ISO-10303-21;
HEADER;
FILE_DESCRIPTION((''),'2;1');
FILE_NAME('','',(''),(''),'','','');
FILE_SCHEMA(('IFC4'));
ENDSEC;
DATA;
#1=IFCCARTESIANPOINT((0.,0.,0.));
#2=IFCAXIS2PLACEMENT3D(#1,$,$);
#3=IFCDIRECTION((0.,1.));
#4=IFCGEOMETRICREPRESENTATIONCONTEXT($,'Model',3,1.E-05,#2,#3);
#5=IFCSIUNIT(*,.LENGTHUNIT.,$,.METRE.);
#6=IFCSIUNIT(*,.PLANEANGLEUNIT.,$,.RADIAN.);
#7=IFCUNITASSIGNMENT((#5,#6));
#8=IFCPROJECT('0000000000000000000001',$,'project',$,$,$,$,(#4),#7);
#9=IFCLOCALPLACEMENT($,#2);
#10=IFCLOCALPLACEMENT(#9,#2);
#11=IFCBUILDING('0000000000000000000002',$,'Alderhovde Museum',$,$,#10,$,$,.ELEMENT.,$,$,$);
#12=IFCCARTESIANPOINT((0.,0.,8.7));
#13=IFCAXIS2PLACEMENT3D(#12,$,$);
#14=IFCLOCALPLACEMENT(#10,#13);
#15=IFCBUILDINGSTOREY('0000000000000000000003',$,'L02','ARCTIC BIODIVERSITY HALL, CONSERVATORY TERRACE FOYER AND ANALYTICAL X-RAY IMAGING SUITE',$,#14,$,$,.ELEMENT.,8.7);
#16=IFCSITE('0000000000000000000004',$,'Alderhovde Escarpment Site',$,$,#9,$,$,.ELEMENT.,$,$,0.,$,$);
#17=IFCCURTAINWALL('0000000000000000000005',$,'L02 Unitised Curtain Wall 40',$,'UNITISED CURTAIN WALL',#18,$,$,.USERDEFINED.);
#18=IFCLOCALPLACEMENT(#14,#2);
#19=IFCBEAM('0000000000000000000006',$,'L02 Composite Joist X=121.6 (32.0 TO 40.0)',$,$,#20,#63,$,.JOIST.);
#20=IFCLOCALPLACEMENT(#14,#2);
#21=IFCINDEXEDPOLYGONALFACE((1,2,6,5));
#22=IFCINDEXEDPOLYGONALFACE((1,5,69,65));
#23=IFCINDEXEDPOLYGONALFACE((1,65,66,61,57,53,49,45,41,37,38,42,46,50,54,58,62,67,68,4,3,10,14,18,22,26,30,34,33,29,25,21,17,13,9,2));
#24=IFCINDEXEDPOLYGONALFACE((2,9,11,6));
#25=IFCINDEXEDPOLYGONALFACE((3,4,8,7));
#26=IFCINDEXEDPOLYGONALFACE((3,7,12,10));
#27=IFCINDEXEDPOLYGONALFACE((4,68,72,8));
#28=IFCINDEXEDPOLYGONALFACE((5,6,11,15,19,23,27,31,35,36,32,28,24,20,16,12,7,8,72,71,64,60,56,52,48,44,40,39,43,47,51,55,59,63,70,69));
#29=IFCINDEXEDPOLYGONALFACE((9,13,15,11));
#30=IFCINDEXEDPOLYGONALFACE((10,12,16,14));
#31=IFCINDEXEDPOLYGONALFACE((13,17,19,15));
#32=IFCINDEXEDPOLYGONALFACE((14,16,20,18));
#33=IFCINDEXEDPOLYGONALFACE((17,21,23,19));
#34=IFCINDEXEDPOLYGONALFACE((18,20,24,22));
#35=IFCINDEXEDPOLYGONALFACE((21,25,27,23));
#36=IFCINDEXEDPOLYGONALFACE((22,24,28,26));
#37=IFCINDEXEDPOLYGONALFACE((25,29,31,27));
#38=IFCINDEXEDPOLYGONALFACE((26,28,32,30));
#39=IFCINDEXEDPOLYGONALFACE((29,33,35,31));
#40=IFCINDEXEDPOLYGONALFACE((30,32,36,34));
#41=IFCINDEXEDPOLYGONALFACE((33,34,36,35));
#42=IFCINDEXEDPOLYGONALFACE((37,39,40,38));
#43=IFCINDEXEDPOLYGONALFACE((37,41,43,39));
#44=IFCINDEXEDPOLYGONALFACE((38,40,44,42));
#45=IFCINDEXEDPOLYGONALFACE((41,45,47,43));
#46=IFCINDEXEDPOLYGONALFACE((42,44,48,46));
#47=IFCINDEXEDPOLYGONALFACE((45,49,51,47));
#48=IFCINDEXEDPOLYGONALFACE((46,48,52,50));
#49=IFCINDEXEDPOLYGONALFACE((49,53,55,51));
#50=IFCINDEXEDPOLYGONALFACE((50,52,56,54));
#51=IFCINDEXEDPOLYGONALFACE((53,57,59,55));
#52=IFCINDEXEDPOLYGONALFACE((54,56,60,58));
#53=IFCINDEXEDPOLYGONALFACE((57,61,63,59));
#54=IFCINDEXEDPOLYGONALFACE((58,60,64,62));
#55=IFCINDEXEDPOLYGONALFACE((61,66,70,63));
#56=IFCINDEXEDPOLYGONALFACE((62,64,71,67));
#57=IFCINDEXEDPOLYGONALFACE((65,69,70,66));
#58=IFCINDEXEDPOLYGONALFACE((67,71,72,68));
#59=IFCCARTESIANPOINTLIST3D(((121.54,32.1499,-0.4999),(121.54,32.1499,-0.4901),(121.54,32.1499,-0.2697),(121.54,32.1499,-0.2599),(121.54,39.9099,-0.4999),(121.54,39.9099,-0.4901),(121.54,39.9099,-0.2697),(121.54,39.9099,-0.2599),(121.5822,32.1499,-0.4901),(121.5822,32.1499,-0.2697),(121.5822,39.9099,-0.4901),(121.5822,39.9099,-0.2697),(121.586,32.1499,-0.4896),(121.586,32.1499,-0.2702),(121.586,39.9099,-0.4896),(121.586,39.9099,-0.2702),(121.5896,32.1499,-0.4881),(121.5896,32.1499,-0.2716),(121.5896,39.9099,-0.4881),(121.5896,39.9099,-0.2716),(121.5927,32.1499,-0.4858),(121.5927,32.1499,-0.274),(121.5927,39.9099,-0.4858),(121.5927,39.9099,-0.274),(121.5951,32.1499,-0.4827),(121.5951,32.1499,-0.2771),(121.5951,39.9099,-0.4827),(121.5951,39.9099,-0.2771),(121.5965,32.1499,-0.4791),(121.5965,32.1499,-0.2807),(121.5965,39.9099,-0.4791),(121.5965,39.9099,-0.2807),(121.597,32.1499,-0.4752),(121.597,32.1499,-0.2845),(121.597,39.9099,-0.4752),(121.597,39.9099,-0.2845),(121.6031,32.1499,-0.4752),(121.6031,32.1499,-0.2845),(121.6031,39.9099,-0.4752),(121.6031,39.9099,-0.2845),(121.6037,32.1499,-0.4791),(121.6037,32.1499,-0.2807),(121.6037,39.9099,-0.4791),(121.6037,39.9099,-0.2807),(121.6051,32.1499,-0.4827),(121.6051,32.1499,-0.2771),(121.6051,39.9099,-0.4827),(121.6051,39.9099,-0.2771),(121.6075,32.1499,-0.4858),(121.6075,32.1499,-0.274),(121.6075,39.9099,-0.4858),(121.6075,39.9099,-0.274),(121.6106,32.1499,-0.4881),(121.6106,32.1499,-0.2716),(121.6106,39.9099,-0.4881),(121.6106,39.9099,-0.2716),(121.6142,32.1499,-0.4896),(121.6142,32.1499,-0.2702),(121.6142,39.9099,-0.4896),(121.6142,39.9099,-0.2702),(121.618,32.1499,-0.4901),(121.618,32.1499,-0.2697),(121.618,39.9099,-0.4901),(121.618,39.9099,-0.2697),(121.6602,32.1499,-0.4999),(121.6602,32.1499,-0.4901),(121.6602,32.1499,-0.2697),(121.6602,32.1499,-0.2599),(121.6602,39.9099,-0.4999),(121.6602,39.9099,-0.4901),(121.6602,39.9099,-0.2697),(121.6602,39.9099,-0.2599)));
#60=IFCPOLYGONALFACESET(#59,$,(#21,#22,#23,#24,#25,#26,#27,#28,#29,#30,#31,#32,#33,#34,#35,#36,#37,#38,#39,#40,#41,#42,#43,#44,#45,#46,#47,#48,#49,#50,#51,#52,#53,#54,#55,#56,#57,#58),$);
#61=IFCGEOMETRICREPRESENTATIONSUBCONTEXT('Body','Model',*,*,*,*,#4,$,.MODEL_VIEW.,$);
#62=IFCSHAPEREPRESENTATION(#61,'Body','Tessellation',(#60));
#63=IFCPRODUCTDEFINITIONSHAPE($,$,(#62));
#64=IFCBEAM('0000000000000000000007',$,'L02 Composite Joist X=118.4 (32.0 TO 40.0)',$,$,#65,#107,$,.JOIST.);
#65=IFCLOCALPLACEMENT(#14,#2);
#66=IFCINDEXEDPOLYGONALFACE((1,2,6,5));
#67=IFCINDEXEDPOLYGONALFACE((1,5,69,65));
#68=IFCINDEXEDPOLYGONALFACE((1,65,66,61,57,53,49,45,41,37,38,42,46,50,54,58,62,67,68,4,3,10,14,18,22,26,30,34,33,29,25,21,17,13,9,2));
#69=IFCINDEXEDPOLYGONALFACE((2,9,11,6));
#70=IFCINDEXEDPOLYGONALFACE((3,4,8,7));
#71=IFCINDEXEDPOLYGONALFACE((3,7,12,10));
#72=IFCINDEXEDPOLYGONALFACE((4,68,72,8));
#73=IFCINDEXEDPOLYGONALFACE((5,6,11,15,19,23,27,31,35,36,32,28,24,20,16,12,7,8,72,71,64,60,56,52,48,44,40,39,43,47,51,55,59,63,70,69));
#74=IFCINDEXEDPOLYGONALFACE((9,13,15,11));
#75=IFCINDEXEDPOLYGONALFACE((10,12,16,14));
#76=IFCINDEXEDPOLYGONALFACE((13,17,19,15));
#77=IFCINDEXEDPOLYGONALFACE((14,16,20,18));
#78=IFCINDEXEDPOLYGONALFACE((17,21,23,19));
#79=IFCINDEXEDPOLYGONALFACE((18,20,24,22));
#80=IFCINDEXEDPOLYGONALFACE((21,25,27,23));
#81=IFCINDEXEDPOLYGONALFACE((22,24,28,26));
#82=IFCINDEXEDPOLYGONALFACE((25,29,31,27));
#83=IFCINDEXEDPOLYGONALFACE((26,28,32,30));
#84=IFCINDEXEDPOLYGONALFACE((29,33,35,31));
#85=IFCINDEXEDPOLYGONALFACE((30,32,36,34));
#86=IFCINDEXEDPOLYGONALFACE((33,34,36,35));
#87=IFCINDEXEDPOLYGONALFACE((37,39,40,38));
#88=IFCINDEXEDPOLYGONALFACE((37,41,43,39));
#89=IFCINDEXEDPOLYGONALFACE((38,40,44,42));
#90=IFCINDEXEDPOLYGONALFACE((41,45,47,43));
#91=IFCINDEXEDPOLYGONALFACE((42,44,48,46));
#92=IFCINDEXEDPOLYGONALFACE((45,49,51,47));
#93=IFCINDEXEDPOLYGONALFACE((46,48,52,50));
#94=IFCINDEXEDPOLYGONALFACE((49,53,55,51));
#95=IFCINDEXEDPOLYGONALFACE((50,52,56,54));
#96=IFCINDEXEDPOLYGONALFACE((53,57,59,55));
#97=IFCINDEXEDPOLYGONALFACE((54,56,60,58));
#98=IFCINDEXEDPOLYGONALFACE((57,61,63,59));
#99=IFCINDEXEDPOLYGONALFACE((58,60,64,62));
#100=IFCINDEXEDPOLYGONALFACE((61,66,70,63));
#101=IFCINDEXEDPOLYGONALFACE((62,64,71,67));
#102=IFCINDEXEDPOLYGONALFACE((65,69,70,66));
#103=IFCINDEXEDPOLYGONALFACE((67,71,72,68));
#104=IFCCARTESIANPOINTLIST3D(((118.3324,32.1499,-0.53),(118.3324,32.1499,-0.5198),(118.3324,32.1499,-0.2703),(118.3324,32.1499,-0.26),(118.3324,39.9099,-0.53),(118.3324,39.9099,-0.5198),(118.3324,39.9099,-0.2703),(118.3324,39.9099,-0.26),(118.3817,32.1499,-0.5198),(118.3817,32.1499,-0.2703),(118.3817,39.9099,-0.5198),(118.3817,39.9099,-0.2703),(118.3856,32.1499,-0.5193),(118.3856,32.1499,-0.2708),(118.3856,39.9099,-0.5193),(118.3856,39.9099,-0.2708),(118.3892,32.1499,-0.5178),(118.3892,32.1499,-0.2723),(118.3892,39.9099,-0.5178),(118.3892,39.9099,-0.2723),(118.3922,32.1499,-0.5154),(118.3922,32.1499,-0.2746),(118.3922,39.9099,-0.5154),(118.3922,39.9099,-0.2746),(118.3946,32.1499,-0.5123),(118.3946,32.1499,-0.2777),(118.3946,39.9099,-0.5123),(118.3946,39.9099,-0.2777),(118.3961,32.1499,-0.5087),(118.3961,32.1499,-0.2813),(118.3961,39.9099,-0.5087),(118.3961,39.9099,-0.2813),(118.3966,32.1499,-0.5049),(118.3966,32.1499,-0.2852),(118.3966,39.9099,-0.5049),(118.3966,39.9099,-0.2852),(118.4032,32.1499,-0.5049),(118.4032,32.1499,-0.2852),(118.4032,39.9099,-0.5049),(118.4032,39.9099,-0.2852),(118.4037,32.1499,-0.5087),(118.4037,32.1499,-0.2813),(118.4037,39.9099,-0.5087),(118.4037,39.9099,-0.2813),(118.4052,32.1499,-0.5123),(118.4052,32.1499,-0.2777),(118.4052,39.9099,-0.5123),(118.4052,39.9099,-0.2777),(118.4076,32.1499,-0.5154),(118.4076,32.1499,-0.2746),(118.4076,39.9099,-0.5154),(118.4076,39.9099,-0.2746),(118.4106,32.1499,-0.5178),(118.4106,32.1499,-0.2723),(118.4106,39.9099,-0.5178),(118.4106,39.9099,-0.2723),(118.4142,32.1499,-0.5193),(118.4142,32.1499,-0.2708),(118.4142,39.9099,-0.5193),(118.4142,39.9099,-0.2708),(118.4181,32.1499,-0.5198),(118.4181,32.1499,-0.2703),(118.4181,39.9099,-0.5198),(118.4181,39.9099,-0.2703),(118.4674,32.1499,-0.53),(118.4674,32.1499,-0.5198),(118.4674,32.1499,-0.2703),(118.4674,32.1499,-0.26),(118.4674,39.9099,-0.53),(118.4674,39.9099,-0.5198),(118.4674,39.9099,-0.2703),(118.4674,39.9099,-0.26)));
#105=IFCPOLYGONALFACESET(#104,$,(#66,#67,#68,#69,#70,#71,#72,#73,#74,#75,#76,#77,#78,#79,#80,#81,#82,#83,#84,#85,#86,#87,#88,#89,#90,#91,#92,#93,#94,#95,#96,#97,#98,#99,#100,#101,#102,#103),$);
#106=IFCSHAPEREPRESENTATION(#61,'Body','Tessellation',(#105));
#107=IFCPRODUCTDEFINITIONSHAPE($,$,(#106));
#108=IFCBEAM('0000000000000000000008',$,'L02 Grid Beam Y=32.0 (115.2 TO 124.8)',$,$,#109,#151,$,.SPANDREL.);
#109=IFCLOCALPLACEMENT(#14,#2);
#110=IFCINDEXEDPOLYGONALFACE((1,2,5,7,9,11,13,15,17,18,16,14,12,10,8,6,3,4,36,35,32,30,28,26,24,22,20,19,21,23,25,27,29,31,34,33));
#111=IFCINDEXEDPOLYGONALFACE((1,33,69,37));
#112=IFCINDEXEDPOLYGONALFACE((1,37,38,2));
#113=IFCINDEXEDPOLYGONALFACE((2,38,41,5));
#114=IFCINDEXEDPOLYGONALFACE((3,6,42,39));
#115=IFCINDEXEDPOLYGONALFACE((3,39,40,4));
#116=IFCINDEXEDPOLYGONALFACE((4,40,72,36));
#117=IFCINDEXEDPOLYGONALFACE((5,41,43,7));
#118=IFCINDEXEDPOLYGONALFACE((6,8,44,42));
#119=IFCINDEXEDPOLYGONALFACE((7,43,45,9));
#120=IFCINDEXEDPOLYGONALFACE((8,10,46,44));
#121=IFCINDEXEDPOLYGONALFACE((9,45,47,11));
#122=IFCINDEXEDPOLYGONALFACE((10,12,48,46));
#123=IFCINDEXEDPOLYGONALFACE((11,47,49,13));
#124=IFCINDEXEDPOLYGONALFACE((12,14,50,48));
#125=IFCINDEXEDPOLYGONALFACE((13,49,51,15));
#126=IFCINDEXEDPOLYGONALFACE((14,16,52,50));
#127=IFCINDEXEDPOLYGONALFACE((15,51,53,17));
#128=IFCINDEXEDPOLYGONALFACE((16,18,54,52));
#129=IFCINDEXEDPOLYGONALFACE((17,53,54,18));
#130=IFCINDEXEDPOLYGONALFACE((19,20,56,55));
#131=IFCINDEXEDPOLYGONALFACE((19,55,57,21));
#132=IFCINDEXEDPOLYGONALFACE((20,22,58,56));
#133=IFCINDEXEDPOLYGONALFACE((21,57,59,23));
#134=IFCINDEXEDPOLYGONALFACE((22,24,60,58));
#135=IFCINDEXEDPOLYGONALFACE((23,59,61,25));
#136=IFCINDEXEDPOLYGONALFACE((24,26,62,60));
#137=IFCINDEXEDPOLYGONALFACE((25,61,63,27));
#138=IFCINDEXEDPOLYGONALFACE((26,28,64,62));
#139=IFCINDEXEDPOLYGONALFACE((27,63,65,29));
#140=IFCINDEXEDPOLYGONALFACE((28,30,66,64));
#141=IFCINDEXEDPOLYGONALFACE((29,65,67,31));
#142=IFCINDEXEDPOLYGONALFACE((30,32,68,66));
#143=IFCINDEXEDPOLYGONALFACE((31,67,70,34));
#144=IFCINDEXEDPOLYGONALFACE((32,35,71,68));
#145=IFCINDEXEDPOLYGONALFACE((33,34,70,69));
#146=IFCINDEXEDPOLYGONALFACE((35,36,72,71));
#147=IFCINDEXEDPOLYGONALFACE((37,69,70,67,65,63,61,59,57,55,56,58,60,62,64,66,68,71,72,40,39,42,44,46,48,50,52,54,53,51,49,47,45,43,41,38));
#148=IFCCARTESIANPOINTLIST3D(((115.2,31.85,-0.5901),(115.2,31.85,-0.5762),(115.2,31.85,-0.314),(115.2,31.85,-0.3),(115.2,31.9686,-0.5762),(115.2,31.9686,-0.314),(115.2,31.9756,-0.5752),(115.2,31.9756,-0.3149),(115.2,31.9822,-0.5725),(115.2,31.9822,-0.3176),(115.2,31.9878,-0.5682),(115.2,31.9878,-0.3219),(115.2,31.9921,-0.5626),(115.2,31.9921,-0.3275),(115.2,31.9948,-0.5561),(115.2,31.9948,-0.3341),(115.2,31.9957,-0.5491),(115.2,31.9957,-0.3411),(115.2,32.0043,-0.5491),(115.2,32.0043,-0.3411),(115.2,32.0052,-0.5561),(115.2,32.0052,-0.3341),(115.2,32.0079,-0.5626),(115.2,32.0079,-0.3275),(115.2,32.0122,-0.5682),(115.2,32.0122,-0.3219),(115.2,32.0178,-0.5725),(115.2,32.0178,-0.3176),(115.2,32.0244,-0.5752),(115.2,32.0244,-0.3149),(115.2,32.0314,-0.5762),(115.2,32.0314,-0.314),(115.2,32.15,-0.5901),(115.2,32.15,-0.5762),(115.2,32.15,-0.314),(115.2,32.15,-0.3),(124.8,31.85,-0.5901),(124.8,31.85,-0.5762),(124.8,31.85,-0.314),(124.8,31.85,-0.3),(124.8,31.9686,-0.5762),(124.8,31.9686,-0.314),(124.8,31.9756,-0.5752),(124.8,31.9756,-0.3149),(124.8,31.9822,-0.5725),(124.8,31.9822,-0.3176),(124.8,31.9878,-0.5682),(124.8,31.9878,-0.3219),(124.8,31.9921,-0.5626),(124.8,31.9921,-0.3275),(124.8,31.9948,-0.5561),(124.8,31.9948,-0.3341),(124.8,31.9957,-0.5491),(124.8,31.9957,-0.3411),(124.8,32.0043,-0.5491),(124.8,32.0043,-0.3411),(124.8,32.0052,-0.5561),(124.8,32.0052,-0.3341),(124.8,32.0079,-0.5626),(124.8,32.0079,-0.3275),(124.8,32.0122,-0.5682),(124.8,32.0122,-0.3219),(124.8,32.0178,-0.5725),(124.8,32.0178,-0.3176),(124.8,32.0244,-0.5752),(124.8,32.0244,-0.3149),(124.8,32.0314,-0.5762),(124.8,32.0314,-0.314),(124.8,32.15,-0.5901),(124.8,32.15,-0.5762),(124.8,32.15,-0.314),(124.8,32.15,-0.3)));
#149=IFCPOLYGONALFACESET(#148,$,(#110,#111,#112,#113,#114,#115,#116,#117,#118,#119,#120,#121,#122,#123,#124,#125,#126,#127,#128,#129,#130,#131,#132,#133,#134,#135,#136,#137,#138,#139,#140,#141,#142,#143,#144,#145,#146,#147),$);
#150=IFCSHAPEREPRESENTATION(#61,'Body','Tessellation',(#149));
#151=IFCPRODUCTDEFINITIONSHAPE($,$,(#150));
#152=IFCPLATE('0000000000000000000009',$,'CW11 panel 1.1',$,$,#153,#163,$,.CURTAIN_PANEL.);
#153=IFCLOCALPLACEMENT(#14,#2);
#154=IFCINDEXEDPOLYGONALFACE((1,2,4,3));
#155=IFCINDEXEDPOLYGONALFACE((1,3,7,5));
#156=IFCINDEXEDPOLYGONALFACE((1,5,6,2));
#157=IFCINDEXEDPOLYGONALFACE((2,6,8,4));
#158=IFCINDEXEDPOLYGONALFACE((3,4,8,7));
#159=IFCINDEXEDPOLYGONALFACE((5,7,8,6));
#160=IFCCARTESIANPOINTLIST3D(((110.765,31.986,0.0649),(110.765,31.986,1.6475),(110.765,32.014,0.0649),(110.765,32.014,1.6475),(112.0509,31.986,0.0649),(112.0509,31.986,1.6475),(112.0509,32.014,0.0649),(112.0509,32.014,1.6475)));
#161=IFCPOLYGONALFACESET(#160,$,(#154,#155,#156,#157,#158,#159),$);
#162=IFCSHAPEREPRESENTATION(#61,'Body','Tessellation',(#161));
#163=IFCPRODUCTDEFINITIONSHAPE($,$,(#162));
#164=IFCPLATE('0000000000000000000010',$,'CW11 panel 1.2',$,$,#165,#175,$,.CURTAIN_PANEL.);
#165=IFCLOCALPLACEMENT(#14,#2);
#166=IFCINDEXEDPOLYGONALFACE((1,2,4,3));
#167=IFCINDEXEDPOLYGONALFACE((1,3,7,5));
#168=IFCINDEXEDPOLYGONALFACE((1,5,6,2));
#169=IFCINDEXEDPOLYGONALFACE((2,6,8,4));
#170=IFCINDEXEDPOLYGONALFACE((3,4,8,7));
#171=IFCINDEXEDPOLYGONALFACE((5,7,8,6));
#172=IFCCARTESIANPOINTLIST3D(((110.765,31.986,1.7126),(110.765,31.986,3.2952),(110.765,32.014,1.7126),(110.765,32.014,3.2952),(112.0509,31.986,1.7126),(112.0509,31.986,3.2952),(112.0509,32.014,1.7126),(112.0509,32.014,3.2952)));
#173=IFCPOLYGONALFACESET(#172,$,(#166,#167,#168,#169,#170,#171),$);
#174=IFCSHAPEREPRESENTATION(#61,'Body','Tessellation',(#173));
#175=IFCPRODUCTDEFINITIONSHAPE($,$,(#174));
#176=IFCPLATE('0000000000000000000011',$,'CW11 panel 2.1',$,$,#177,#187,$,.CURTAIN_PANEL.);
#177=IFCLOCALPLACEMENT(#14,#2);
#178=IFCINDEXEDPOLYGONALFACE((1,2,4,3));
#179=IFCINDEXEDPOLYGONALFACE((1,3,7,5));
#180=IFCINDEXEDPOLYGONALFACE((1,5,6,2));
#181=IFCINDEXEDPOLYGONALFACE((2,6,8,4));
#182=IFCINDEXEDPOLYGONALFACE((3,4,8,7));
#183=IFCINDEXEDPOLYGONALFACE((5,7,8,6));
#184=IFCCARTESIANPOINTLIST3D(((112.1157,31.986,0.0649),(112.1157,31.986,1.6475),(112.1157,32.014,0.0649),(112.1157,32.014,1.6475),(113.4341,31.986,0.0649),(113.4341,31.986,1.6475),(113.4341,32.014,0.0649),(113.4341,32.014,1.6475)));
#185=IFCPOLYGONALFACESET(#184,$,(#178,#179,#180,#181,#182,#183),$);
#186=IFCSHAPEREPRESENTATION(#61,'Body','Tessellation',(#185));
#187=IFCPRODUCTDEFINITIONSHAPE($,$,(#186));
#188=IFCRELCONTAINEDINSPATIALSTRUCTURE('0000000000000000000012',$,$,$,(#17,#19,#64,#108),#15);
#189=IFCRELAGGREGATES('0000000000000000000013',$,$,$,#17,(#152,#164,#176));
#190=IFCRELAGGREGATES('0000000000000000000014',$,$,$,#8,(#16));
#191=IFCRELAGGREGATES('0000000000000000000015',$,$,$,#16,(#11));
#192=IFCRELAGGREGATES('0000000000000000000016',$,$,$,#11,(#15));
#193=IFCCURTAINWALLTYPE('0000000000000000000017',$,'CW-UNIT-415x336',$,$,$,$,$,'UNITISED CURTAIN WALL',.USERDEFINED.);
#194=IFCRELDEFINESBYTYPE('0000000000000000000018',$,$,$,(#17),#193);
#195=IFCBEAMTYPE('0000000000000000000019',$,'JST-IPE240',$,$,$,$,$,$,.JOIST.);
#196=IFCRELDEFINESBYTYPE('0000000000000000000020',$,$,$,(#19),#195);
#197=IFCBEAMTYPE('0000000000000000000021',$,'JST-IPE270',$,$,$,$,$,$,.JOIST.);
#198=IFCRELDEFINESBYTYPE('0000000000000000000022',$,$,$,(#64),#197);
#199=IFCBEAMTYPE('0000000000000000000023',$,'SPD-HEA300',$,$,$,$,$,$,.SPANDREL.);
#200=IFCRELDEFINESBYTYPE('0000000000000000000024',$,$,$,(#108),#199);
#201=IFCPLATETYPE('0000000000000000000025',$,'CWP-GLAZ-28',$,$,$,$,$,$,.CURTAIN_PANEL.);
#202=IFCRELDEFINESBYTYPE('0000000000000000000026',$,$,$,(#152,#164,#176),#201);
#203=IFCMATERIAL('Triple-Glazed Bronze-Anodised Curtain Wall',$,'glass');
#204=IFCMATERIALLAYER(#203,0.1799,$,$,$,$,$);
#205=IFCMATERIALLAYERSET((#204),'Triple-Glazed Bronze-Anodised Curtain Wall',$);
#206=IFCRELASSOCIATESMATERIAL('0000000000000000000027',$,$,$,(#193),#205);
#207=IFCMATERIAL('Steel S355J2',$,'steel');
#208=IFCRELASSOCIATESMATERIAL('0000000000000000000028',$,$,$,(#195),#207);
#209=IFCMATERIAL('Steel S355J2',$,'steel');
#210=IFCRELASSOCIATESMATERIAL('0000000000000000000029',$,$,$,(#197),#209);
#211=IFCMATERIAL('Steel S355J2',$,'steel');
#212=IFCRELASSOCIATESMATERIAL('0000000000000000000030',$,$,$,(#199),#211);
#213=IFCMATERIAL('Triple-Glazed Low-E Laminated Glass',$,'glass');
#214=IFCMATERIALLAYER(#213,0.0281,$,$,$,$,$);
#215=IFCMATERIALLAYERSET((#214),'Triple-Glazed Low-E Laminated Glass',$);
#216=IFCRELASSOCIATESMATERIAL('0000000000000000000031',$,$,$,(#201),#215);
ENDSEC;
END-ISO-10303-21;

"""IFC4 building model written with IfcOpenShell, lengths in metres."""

from ifc_helpers import new_model, si_unit, direction, frame, origin, origin_2d, place, context, subcontext, project, spatial, rectangle, i_section, extrude, material, layer, layer_set, material_profile, profile_set, type_object, element, aggregate, save


model = new_model("IFC4")

# Units and contexts
model_context = context("Model", 3, precision=1e-05, world=origin(), true_north=direction((0.0, 1.0)))
body_context = subcontext(model_context, "Body", "Model", "MODEL_VIEW")
ifc_project = project(units=[si_unit("LENGTHUNIT", "METRE"), si_unit("PLANEANGLEUNIT", "RADIAN")], contexts=[model_context])

# Site, building, storey
site_placement = place(None, origin())
site = spatial("IfcSite", under=ifc_project, at=site_placement, Name="Alderhovde Escarpment Site", CompositionType="ELEMENT", RefElevation=0.0)
building_placement = place(site_placement, origin())
building = spatial("IfcBuilding", under=site, at=building_placement, Name="Alderhovde Museum", CompositionType="ELEMENT")
storey_placement = place(building_placement, frame((0.0, 0.0, 8.7)))
storey = spatial("IfcBuildingStorey", under=building, at=storey_placement, Name="L02", Description="ARCTIC BIODIVERSITY HALL, CONSERVATORY TERRACE FOYER AND ANALYTICAL X-RAY IMAGING SUITE", CompositionType="ELEMENT", Elevation=8.7)

# Curtain wall
ifc_material_1 = material(Name="Triple-Glazed Bronze-Anodised Curtain Wall", Category="glass")
ifc_layer_1 = layer(ifc_material_1, 0.1799)
ifc_layer_set_1 = layer_set([ifc_layer_1], Name="Triple-Glazed Bronze-Anodised Curtain Wall")
curtain_wall_type_1 = type_object("IfcCurtainWallType", Name="CW-UNIT-415x336", ElementType="UNITISED CURTAIN WALL", PredefinedType="USERDEFINED", material=ifc_layer_set_1)
curtain_wall_1_placement = place(storey_placement, origin())
curtain_wall_1 = element("IfcCurtainWall", 1, at=curtain_wall_1_placement, inside=storey, type_object=curtain_wall_type_1, Name="L02 Unitised Curtain Wall 40", ObjectType="UNITISED CURTAIN WALL", PredefinedType="USERDEFINED")

# Beams
ifc_material_2 = material(Name="Steel S355J2", Category="steel")
ifc_material_profile_1 = material_profile(ifc_material_2, i_section(OverallWidth=0.1201, OverallDepth=0.24, WebThickness=0.0061, FlangeThickness=0.0098, FilletRadius=0.0149, at=origin_2d()), Name="IPE 240")
ifc_profile_set_1 = profile_set([ifc_material_profile_1], Name="Steel S355J2")
beam_type_1 = type_object("IfcBeamType", Name="JST-IPE240", PredefinedType="JOIST", material=ifc_profile_set_1)
beam_1_placement = place(storey_placement, frame((121.6001, 32.1499, -0.3799), z_axis=(0.0, 1.0, 0.0), x_axis=(-1.0, 0.0, 0.0)))
element("IfcBeam", 2, at=beam_1_placement, inside=storey, type_object=beam_type_1, Name="L02 Composite Joist X=121.6 (32.0 TO 40.0)", PredefinedType="JOIST", context=body_context, shape_type="SweptSolid", body=[
    extrude(i_section(OverallWidth=0.1201, OverallDepth=0.24, WebThickness=0.0061, FlangeThickness=0.0098, FilletRadius=0.0149, at=origin_2d()), origin(), (0.0, 0.0, 1.0), 7.76),
])
ifc_material_3 = material(Name="Steel S355J2", Category="steel")
ifc_material_profile_2 = material_profile(ifc_material_3, i_section(OverallWidth=0.135, OverallDepth=0.27, WebThickness=0.0066, FlangeThickness=0.0103, FilletRadius=0.0149, at=origin_2d()), Name="IPE 270")
ifc_profile_set_2 = profile_set([ifc_material_profile_2], Name="Steel S355J2")
beam_type_2 = type_object("IfcBeamType", Name="JST-IPE270", PredefinedType="JOIST", material=ifc_profile_set_2)
beam_2_placement = place(storey_placement, frame((118.3999, 32.1499, -0.395), z_axis=(0.0, 1.0, 0.0), x_axis=(-1.0, 0.0, 0.0)))
element("IfcBeam", 3, at=beam_2_placement, inside=storey, type_object=beam_type_2, Name="L02 Composite Joist X=118.4 (32.0 TO 40.0)", PredefinedType="JOIST", context=body_context, shape_type="SweptSolid", body=[
    extrude(i_section(OverallWidth=0.135, OverallDepth=0.27, WebThickness=0.0066, FlangeThickness=0.0103, FilletRadius=0.0149, at=origin_2d()), origin(), (0.0, 0.0, 1.0), 7.76),
])
ifc_material_4 = material(Name="Steel S355J2", Category="steel")
ifc_material_profile_3 = material_profile(ifc_material_4, i_section(OverallWidth=0.3, OverallDepth=0.29, WebThickness=0.0085, FlangeThickness=0.0139, FilletRadius=0.0271, at=origin_2d()), Name="HEA 300")
ifc_profile_set_3 = profile_set([ifc_material_profile_3], Name="Steel S355J2")
beam_type_3 = type_object("IfcBeamType", Name="SPD-HEA300", PredefinedType="SPANDREL", material=ifc_profile_set_3)
beam_3_placement = place(storey_placement, frame((115.2, 32.0, -0.4451), z_axis=(1.0, 0.0, 0.0), x_axis=(0.0, 1.0, 0.0)))
element("IfcBeam", 4, at=beam_3_placement, inside=storey, type_object=beam_type_3, Name="L02 Grid Beam Y=32.0 (115.2 TO 124.8)", PredefinedType="SPANDREL", context=body_context, shape_type="SweptSolid", body=[
    extrude(i_section(OverallWidth=0.3, OverallDepth=0.29, WebThickness=0.0085, FlangeThickness=0.0139, FilletRadius=0.0271, at=origin_2d()), origin(), (0.0, 0.0, 1.0), 9.6001),
])

# Plates
ifc_material_5 = material(Name="Triple-Glazed Low-E Laminated Glass", Category="glass")
ifc_layer_2 = layer(ifc_material_5, 0.0281)
ifc_layer_set_2 = layer_set([ifc_layer_2], Name="Triple-Glazed Low-E Laminated Glass")
plate_type_1 = type_object("IfcPlateType", Name="CWP-GLAZ-28", PredefinedType="CURTAIN_PANEL", material=ifc_layer_set_2)
plate_1_placement = place(storey_placement, frame((111.408, 32.0, 0.0649), z_axis=(0.0, 0.0, 1.0), x_axis=(1.0, 0.0, 0.0)))
plate_1 = element("IfcPlate", 5, at=plate_1_placement, type_object=plate_type_1, Name="CW11 panel 1.1", PredefinedType="CURTAIN_PANEL", context=body_context, shape_type="SweptSolid", body=[
    extrude(rectangle(XDim=1.2859, YDim=0.0281, at=origin_2d()), origin(), (0.0, 0.0, 1.0), 1.5825),
])
plate_2_placement = place(storey_placement, frame((111.408, 32.0, 1.7126), z_axis=(0.0, 0.0, 1.0), x_axis=(1.0, 0.0, 0.0)))
plate_2 = element("IfcPlate", 6, at=plate_2_placement, type_object=plate_type_1, Name="CW11 panel 1.2", PredefinedType="CURTAIN_PANEL", context=body_context, shape_type="SweptSolid", body=[
    extrude(rectangle(XDim=1.2859, YDim=0.0281, at=origin_2d()), origin(), (0.0, 0.0, 1.0), 1.5825),
])
plate_3_placement = place(storey_placement, frame((112.7749, 32.0, 0.0649), z_axis=(0.0, 0.0, 1.0), x_axis=(1.0, 0.0, 0.0)))
plate_3 = element("IfcPlate", 7, at=plate_3_placement, type_object=plate_type_1, Name="CW11 panel 2.1", PredefinedType="CURTAIN_PANEL", context=body_context, shape_type="SweptSolid", body=[
    extrude(rectangle(XDim=1.3184, YDim=0.0281, at=origin_2d()), origin(), (0.0, 0.0, 1.0), 1.5825),
])
aggregate(curtain_wall_1, [plate_1, plate_2, plate_3])

save(model, "model.ifc")
